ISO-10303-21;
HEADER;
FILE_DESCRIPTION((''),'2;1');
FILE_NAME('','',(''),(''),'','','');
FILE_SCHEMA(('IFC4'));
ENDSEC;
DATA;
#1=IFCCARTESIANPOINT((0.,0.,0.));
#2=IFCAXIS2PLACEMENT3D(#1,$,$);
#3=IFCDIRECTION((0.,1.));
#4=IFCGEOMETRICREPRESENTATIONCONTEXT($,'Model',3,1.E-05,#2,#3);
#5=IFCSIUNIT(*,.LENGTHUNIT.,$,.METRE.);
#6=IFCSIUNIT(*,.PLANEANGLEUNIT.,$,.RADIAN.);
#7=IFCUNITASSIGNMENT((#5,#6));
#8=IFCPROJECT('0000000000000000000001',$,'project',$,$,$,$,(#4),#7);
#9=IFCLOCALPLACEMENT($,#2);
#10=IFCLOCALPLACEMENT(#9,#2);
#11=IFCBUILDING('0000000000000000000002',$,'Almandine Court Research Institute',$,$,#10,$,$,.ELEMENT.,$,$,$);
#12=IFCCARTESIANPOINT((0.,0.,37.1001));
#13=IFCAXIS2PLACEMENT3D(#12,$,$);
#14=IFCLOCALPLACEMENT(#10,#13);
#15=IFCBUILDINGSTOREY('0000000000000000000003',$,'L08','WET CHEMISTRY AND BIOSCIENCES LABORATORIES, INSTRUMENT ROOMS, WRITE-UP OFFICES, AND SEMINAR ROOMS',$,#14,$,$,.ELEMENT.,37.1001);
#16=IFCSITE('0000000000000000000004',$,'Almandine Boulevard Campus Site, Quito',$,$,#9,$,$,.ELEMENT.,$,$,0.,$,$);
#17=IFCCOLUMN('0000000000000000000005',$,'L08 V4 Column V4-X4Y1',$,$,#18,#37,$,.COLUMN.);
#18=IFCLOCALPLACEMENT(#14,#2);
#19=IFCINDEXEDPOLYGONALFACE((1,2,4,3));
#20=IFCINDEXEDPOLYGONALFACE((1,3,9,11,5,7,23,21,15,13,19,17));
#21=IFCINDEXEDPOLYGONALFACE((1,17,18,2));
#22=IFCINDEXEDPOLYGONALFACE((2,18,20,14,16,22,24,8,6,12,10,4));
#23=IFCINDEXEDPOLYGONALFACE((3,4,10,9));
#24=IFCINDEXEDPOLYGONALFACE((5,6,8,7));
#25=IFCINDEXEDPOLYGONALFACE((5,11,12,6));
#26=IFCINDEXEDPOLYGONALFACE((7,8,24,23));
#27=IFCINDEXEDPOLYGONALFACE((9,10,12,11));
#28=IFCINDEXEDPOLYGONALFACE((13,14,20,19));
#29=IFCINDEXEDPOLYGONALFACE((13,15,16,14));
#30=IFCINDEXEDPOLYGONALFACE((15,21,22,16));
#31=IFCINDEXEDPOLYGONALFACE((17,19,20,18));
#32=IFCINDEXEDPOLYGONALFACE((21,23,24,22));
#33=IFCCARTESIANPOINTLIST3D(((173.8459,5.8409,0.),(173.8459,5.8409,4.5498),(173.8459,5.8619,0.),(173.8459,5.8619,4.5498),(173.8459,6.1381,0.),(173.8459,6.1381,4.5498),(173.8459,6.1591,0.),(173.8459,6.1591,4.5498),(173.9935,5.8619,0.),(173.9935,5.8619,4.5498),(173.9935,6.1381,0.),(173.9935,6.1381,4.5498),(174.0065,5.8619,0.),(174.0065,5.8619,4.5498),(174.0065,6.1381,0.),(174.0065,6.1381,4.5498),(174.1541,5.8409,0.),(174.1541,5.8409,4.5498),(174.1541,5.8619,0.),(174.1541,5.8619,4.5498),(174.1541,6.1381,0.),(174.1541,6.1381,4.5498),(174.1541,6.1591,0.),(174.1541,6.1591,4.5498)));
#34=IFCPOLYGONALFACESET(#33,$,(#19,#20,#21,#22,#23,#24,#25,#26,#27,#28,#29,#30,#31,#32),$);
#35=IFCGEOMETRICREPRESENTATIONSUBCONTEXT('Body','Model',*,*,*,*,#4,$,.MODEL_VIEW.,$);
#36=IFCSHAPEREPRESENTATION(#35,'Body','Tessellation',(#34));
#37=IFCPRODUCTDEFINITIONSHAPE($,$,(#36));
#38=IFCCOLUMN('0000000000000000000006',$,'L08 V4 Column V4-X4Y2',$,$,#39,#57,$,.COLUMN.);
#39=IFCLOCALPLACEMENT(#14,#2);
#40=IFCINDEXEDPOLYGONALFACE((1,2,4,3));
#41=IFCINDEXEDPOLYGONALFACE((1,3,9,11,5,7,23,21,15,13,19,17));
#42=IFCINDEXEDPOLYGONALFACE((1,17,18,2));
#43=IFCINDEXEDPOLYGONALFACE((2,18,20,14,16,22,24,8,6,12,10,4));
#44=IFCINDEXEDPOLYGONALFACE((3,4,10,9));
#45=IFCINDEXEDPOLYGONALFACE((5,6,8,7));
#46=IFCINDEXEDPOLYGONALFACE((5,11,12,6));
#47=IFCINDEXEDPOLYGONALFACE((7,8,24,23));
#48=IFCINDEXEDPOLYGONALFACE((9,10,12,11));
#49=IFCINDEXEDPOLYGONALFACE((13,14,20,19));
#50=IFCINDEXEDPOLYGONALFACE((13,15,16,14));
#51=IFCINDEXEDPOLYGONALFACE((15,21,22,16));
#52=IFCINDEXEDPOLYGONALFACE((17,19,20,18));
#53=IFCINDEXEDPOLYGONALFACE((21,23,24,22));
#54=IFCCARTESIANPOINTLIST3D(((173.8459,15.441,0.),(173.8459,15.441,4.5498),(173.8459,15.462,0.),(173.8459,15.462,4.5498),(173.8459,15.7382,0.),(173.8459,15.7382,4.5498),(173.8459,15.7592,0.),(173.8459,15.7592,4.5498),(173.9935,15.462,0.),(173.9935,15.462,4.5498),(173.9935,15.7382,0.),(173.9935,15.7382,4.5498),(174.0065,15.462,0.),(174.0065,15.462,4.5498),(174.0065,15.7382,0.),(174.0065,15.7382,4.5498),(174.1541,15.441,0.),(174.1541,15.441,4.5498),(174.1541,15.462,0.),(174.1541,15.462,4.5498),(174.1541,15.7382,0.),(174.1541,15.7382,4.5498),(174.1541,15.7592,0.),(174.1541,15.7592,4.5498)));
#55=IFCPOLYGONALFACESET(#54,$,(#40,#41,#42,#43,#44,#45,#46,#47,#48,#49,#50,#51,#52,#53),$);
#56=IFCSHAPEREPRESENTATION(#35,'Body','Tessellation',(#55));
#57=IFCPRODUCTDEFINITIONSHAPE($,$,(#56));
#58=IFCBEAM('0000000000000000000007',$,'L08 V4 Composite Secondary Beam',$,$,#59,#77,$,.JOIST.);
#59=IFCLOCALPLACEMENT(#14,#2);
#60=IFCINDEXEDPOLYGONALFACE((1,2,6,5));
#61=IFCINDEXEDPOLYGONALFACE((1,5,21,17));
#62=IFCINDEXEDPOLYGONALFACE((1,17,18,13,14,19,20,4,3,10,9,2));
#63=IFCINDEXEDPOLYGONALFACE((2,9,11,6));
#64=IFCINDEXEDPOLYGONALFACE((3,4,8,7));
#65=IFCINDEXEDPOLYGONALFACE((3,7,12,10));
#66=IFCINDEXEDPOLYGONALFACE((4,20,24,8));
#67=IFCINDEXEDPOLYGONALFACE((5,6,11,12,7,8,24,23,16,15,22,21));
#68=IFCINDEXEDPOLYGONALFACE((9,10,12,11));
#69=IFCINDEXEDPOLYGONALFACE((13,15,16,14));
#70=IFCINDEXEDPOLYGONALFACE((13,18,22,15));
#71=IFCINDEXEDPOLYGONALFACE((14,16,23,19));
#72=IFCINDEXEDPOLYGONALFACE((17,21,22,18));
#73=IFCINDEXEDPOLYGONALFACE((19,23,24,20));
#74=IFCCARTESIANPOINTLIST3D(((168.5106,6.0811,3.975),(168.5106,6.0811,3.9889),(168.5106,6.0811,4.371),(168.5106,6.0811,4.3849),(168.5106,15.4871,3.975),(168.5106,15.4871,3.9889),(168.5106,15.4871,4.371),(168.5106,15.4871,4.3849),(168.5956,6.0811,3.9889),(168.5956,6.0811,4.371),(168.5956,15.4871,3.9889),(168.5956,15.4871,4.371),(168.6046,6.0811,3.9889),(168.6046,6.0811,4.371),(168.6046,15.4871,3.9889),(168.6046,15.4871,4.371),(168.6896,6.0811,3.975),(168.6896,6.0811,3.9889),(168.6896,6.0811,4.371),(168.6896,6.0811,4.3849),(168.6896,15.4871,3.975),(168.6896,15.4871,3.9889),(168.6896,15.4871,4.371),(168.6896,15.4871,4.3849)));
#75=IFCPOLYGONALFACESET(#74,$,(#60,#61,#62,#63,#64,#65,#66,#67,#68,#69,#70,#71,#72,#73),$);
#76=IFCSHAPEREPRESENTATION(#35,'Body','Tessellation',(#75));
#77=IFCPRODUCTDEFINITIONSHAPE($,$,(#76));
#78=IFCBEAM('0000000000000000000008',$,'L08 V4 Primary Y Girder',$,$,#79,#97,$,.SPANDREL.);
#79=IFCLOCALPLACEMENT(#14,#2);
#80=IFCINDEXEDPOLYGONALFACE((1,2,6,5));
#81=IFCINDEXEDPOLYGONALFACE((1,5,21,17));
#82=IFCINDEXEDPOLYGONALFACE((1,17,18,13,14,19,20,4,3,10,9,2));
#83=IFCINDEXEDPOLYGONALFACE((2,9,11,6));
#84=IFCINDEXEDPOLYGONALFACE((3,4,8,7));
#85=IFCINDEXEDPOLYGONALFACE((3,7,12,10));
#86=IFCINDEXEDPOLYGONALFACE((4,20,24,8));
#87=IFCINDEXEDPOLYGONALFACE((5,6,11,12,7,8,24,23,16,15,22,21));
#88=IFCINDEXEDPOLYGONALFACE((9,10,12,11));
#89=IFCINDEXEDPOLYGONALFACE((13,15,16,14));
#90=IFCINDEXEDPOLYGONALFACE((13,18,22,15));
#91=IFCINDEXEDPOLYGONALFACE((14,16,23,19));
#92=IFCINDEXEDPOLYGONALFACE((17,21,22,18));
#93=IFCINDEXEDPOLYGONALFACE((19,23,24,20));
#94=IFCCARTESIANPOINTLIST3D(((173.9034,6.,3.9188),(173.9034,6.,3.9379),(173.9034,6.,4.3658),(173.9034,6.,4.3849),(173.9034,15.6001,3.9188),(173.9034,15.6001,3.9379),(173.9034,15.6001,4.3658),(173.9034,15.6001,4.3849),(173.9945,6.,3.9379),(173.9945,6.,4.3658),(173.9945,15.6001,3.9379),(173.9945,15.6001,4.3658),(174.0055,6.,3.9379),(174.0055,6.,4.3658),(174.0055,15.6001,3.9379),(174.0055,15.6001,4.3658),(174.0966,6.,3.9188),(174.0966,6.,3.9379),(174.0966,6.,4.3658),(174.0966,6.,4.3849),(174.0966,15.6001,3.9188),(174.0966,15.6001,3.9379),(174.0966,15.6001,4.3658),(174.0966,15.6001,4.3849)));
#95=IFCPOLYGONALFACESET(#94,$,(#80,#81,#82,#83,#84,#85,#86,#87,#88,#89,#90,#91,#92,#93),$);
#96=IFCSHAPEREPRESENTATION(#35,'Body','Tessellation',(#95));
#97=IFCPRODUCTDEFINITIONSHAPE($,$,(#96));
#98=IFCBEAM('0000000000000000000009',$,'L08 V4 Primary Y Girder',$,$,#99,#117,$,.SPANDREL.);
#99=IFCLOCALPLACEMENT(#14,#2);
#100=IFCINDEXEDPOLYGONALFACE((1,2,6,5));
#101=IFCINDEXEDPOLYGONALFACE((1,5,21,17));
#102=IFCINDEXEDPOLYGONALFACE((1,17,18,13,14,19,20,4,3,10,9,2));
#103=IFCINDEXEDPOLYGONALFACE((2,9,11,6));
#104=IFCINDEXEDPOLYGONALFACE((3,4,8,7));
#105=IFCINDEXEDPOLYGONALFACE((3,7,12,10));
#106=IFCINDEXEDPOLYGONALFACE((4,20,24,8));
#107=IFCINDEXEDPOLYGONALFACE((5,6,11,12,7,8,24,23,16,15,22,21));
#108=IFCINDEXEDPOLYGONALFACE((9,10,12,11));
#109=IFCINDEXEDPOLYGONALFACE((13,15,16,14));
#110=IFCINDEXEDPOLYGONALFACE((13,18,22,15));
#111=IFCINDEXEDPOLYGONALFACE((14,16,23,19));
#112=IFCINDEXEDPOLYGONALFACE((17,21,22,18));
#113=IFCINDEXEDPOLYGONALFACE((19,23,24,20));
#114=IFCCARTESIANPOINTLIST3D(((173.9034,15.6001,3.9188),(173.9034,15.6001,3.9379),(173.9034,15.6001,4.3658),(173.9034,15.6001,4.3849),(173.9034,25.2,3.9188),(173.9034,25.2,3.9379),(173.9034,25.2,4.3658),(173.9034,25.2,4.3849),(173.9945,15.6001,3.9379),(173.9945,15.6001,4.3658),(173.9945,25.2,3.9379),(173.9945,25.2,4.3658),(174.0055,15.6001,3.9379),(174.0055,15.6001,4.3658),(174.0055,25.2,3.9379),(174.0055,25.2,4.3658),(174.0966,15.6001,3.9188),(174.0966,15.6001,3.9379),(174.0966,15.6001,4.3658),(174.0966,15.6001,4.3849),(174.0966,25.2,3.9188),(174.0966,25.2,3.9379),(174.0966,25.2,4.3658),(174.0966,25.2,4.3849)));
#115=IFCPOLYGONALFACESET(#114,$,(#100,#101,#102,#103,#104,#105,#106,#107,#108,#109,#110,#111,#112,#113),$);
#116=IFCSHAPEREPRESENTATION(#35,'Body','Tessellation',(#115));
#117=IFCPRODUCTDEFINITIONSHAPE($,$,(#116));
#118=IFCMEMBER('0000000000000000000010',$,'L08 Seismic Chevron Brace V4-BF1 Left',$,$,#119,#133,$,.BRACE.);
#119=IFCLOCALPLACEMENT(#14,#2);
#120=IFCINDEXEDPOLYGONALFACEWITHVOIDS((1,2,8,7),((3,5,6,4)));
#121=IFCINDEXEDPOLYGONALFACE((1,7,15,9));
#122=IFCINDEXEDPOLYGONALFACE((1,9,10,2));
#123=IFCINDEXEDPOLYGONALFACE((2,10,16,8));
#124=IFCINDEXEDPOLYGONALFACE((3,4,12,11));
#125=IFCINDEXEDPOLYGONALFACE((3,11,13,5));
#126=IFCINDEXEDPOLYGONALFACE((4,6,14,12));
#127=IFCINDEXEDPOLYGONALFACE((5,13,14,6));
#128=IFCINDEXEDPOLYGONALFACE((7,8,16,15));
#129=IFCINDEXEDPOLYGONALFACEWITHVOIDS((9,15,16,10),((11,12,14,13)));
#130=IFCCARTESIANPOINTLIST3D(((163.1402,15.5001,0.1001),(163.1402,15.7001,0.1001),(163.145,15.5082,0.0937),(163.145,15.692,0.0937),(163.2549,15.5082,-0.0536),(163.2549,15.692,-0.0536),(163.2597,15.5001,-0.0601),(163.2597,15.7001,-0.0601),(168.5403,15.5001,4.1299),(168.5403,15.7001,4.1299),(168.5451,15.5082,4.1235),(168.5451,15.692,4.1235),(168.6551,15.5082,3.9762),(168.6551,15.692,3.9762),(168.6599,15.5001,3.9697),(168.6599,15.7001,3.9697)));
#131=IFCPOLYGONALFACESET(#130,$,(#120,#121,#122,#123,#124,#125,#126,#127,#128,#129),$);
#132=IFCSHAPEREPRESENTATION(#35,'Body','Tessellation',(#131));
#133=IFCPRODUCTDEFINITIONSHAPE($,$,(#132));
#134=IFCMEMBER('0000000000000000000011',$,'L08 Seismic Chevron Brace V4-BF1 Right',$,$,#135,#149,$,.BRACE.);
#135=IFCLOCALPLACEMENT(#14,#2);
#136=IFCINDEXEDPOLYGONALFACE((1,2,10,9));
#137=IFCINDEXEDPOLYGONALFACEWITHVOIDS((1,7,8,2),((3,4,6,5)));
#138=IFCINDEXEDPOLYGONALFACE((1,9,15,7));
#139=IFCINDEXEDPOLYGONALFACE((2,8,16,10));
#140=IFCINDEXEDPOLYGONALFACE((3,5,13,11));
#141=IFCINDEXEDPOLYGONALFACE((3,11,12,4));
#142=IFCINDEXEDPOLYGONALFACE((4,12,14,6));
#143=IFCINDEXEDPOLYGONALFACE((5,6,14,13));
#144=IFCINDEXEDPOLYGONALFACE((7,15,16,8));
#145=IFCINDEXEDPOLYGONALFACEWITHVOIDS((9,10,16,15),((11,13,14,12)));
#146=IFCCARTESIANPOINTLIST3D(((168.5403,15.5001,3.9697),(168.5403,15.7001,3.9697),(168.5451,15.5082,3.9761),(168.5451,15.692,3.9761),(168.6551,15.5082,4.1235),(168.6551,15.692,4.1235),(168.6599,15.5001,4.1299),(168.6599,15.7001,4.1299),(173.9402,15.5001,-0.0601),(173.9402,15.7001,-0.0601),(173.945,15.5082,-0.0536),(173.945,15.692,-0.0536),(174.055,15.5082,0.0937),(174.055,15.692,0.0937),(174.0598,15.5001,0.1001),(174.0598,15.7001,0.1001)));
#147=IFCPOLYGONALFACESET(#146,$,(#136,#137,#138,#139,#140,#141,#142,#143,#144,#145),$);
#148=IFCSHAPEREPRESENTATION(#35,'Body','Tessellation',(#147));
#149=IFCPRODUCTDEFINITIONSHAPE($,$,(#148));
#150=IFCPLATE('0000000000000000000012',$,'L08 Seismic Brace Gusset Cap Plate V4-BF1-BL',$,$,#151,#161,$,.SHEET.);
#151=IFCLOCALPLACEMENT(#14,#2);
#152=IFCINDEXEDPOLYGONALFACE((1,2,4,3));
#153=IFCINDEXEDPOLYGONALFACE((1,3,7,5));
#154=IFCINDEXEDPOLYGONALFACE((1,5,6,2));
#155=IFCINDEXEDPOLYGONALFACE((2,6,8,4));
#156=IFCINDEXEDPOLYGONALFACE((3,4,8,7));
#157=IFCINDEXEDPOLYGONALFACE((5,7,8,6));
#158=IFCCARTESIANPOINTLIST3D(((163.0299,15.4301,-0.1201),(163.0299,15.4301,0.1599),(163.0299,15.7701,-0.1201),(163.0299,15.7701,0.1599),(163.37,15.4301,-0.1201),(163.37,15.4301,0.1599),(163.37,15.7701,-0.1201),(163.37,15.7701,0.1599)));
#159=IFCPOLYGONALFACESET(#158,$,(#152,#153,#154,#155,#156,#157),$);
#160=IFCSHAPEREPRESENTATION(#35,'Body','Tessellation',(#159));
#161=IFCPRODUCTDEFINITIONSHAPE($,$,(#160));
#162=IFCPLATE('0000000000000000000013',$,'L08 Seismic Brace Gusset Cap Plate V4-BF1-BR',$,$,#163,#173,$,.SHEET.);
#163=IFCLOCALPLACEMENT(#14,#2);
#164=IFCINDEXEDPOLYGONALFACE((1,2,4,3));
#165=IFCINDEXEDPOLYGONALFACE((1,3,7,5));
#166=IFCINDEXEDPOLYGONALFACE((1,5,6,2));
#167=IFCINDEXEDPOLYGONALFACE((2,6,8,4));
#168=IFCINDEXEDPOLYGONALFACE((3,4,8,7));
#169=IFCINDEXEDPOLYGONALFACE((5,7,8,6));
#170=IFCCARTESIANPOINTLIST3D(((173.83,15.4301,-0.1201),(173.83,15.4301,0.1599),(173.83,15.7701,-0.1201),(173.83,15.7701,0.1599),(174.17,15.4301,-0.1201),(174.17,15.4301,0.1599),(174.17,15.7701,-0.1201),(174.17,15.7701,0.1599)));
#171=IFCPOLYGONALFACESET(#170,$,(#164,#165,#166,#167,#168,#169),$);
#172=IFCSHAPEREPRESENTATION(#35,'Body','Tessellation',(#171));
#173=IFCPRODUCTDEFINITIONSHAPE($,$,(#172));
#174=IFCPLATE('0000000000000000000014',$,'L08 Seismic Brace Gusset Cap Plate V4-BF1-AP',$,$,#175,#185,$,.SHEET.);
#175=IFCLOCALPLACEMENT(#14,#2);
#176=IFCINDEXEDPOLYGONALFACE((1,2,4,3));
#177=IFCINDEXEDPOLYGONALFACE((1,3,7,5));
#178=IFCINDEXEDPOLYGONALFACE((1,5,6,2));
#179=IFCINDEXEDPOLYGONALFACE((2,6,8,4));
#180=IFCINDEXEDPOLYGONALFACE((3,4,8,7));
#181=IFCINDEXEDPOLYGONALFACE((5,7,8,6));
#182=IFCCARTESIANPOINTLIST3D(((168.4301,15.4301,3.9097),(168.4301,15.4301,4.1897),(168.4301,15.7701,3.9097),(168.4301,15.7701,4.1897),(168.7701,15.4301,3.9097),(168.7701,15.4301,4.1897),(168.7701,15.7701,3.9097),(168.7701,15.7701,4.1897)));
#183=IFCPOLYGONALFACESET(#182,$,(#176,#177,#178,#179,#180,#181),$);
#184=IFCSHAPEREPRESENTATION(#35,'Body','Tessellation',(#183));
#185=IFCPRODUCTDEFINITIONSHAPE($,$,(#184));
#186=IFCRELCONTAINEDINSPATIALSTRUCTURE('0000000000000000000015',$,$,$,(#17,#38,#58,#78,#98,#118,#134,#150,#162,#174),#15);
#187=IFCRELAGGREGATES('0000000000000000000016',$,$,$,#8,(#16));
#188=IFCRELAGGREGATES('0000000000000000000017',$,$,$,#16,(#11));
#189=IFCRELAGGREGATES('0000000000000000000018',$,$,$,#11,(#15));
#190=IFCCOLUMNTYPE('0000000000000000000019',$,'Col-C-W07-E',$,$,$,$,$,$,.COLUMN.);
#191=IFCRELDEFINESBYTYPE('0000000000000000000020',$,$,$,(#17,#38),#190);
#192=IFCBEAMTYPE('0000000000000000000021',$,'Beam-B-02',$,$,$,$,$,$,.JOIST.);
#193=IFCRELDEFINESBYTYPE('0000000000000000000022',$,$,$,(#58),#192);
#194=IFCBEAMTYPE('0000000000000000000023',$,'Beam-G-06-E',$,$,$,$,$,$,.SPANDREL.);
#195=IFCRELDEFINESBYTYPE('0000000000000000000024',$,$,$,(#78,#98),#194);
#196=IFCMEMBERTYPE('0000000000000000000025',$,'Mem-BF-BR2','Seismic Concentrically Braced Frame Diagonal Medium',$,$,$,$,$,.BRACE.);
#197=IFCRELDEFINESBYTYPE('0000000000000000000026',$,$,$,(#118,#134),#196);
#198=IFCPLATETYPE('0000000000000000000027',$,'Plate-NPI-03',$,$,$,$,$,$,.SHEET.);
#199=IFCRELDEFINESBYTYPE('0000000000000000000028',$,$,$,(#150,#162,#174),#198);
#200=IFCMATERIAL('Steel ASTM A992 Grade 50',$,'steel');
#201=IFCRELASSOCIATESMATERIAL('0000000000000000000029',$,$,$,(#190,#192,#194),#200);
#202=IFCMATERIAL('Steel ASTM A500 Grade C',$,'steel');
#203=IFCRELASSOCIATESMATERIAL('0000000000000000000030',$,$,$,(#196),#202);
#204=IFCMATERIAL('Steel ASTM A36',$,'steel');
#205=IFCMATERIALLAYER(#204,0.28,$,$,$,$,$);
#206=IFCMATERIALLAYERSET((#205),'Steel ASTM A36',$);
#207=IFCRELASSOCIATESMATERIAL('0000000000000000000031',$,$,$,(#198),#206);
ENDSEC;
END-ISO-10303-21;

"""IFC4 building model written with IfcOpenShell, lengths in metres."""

from ifc_helpers import new_model, si_unit, direction, frame, origin, origin_2d, place, context, subcontext, project, spatial, rectangle, hollow_rectangle, i_section, extrude, material, layer, layer_set, material_profile, profile_set, type_object, element, save


model = new_model("IFC4")

# Units and contexts
model_context = context("Model", 3, precision=1e-05, world=origin(), true_north=direction((0.0, 1.0)))
body_context = subcontext(model_context, "Body", "Model", "MODEL_VIEW")
ifc_project = project(units=[si_unit("LENGTHUNIT", "METRE"), si_unit("PLANEANGLEUNIT", "RADIAN")], contexts=[model_context])

# Site, building, storey
site_placement = place(None, origin())
site = spatial("IfcSite", under=ifc_project, at=site_placement, Name="Almandine Boulevard Campus Site, Quito", CompositionType="ELEMENT", RefElevation=0.0)
building_placement = place(site_placement, origin())
building = spatial("IfcBuilding", under=site, at=building_placement, Name="Almandine Court Research Institute", CompositionType="ELEMENT")
storey_placement = place(building_placement, frame((0.0, 0.0, 37.1001)))
storey = spatial("IfcBuildingStorey", under=building, at=storey_placement, Name="L08", Description="WET CHEMISTRY AND BIOSCIENCES LABORATORIES, INSTRUMENT ROOMS, WRITE-UP OFFICES, AND SEMINAR ROOMS", CompositionType="ELEMENT", Elevation=37.1001)

# Columns
ifc_material_1 = material(Name="Steel ASTM A992 Grade 50", Category="steel")
ifc_material_profile_1 = material_profile(ifc_material_1, i_section(OverallWidth=0.3081, OverallDepth=0.3181, WebThickness=0.0129, FlangeThickness=0.021, at=origin_2d()), Name="W310x129")
ifc_profile_set_1 = profile_set([ifc_material_profile_1], Name="Steel ASTM A992 Grade 50")
column_type = type_object("IfcColumnType", Name="Col-C-W07-E", PredefinedType="COLUMN", material=ifc_profile_set_1)
for number, where, z_axis, x_axis, name in (
    (1, (174.0, 6.0, 0.0), (0.0, 0.0, 1.0), (1.0, 0.0, 0.0), "L08 V4 Column V4-X4Y1"),
    (2, (174.0, 15.6001, 0.0), (0.0, 0.0, 1.0), (1.0, 0.0, 0.0), "L08 V4 Column V4-X4Y2"),
):
    element("IfcColumn", number, at=place(storey_placement, frame(where, z_axis=z_axis, x_axis=x_axis)), inside=storey, type_object=column_type, Name=name, PredefinedType="COLUMN", context=body_context, shape_type="SweptSolid", body=[
        extrude(i_section(OverallWidth=0.3081, OverallDepth=0.3181, WebThickness=0.0129, FlangeThickness=0.021, at=origin_2d()), origin(), (0.0, 0.0, 1.0), 4.5498),
    ])

# Beams
ifc_material_profile_2 = material_profile(ifc_material_1, i_section(OverallWidth=0.179, OverallDepth=0.4099, WebThickness=0.009, FlangeThickness=0.0139, at=origin_2d()), Name="W410x67")
ifc_profile_set_2 = profile_set([ifc_material_profile_2], Name="Steel ASTM A992 Grade 50")
beam_type_1 = type_object("IfcBeamType", Name="Beam-B-02", PredefinedType="JOIST", material=ifc_profile_set_2)
beam_1_placement = place(storey_placement, frame((168.6001, 6.0811, 4.1799), z_axis=(0.0, 1.0, 0.0), x_axis=(-1.0, 0.0, 0.0)))
element("IfcBeam", 3, at=beam_1_placement, inside=storey, type_object=beam_type_1, Name="L08 V4 Composite Secondary Beam", PredefinedType="JOIST", context=body_context, shape_type="SweptSolid", body=[
    extrude(i_section(OverallWidth=0.179, OverallDepth=0.4099, WebThickness=0.009, FlangeThickness=0.0139, at=origin_2d()), origin(), (0.0, 0.0, 1.0), 9.406),
])
ifc_material_profile_3 = material_profile(ifc_material_1, i_section(OverallWidth=0.1931, OverallDepth=0.4661, WebThickness=0.011, FlangeThickness=0.019, at=origin_2d()), Name="W460x97")
ifc_profile_set_3 = profile_set([ifc_material_profile_3], Name="Steel ASTM A992 Grade 50")
beam_type_2 = type_object("IfcBeamType", Name="Beam-G-06-E", PredefinedType="SPANDREL", material=ifc_profile_set_3)
beam_2_placement = place(storey_placement, frame((174.0, 6.0, 4.1519), z_axis=(0.0, 1.0, 0.0), x_axis=(-1.0, 0.0, 0.0)))
element("IfcBeam", 4, at=beam_2_placement, inside=storey, type_object=beam_type_2, Name="L08 V4 Primary Y Girder", PredefinedType="SPANDREL", context=body_context, shape_type="SweptSolid", body=[
    extrude(i_section(OverallWidth=0.1931, OverallDepth=0.4661, WebThickness=0.011, FlangeThickness=0.019, at=origin_2d()), origin(), (0.0, 0.0, 1.0), 9.6001),
])
beam_3_placement = place(storey_placement, frame((174.0, 15.6001, 4.1519), z_axis=(0.0, 1.0, 0.0), x_axis=(-1.0, 0.0, 0.0)))
element("IfcBeam", 5, at=beam_3_placement, inside=storey, type_object=beam_type_2, Name="L08 V4 Primary Y Girder", PredefinedType="SPANDREL", context=body_context, shape_type="SweptSolid", body=[
    extrude(i_section(OverallWidth=0.1931, OverallDepth=0.4661, WebThickness=0.011, FlangeThickness=0.019, at=origin_2d()), origin(), (0.0, 0.0, 1.0), 9.5999),
])

# Members
ifc_material_2 = material(Name="Steel ASTM A500 Grade C", Category="steel")
ifc_material_profile_4 = material_profile(ifc_material_2, hollow_rectangle(XDim=0.2, YDim=0.2, WallThickness=0.0081, at=origin_2d()), Name="HSS 200x200x8")
ifc_profile_set_4 = profile_set([ifc_material_profile_4], Name="Steel ASTM A500 Grade C")
member_type = type_object("IfcMemberType", Name="Mem-BF-BR2", Description="Seismic Concentrically Braced Frame Diagonal Medium", PredefinedType="BRACE", material=ifc_profile_set_4)
member_1_placement = place(storey_placement, frame((163.2, 15.6001, 0.02), z_axis=(0.801446, 0.0, 0.598068), x_axis=(0.0, 1.0, 0.0)))
element("IfcMember", 6, at=member_1_placement, inside=storey, type_object=member_type, Name="L08 Seismic Chevron Brace V4-BF1 Left", PredefinedType="BRACE", context=body_context, shape_type="SweptSolid", body=[
    extrude(hollow_rectangle(XDim=0.2, YDim=0.2, WallThickness=0.0081, at=origin_2d()), origin(), (0.0, 0.0, 1.0), 6.738),
])
member_2_placement = place(storey_placement, frame((174.0, 15.6001, 0.02), z_axis=(-0.801433, 0.0, 0.598085), x_axis=(0.0, -1.0, 0.0)))
element("IfcMember", 7, at=member_2_placement, inside=storey, type_object=member_type, Name="L08 Seismic Chevron Brace V4-BF1 Right", PredefinedType="BRACE", context=body_context, shape_type="SweptSolid", body=[
    extrude(hollow_rectangle(XDim=0.2, YDim=0.2, WallThickness=0.0081, at=origin_2d()), origin(), (0.0, 0.0, 1.0), 6.7378),
])

# Plates
ifc_material_3 = material(Name="Steel ASTM A36", Category="steel")
ifc_layer_1 = layer(ifc_material_3, 0.28)
ifc_layer_set_1 = layer_set([ifc_layer_1], Name="Steel ASTM A36")
plate_type = type_object("IfcPlateType", Name="Plate-NPI-03", PredefinedType="SHEET", material=ifc_layer_set_1)
for number, where, z_axis, x_axis, name in (
    (8, (163.2, 15.6001, -0.1201), (0.0, 0.0, 1.0), (1.0, 0.0, 0.0), "L08 Seismic Brace Gusset Cap Plate V4-BF1-BL"),
    (9, (174.0, 15.6001, -0.1201), (0.0, 0.0, 1.0), (1.0, 0.0, 0.0), "L08 Seismic Brace Gusset Cap Plate V4-BF1-BR"),
    (10, (168.6001, 15.6001, 3.9097), (0.0, 0.0, 1.0), (1.0, 0.0, 0.0), "L08 Seismic Brace Gusset Cap Plate V4-BF1-AP"),
):
    element("IfcPlate", number, at=place(storey_placement, frame(where, z_axis=z_axis, x_axis=x_axis)), inside=storey, type_object=plate_type, Name=name, PredefinedType="SHEET", context=body_context, shape_type="SweptSolid", body=[
        extrude(rectangle(XDim=0.3401, YDim=0.3401, at=origin_2d()), origin(), (0.0, 0.0, 1.0), 0.28),
    ])

save(model, "model.ifc")
